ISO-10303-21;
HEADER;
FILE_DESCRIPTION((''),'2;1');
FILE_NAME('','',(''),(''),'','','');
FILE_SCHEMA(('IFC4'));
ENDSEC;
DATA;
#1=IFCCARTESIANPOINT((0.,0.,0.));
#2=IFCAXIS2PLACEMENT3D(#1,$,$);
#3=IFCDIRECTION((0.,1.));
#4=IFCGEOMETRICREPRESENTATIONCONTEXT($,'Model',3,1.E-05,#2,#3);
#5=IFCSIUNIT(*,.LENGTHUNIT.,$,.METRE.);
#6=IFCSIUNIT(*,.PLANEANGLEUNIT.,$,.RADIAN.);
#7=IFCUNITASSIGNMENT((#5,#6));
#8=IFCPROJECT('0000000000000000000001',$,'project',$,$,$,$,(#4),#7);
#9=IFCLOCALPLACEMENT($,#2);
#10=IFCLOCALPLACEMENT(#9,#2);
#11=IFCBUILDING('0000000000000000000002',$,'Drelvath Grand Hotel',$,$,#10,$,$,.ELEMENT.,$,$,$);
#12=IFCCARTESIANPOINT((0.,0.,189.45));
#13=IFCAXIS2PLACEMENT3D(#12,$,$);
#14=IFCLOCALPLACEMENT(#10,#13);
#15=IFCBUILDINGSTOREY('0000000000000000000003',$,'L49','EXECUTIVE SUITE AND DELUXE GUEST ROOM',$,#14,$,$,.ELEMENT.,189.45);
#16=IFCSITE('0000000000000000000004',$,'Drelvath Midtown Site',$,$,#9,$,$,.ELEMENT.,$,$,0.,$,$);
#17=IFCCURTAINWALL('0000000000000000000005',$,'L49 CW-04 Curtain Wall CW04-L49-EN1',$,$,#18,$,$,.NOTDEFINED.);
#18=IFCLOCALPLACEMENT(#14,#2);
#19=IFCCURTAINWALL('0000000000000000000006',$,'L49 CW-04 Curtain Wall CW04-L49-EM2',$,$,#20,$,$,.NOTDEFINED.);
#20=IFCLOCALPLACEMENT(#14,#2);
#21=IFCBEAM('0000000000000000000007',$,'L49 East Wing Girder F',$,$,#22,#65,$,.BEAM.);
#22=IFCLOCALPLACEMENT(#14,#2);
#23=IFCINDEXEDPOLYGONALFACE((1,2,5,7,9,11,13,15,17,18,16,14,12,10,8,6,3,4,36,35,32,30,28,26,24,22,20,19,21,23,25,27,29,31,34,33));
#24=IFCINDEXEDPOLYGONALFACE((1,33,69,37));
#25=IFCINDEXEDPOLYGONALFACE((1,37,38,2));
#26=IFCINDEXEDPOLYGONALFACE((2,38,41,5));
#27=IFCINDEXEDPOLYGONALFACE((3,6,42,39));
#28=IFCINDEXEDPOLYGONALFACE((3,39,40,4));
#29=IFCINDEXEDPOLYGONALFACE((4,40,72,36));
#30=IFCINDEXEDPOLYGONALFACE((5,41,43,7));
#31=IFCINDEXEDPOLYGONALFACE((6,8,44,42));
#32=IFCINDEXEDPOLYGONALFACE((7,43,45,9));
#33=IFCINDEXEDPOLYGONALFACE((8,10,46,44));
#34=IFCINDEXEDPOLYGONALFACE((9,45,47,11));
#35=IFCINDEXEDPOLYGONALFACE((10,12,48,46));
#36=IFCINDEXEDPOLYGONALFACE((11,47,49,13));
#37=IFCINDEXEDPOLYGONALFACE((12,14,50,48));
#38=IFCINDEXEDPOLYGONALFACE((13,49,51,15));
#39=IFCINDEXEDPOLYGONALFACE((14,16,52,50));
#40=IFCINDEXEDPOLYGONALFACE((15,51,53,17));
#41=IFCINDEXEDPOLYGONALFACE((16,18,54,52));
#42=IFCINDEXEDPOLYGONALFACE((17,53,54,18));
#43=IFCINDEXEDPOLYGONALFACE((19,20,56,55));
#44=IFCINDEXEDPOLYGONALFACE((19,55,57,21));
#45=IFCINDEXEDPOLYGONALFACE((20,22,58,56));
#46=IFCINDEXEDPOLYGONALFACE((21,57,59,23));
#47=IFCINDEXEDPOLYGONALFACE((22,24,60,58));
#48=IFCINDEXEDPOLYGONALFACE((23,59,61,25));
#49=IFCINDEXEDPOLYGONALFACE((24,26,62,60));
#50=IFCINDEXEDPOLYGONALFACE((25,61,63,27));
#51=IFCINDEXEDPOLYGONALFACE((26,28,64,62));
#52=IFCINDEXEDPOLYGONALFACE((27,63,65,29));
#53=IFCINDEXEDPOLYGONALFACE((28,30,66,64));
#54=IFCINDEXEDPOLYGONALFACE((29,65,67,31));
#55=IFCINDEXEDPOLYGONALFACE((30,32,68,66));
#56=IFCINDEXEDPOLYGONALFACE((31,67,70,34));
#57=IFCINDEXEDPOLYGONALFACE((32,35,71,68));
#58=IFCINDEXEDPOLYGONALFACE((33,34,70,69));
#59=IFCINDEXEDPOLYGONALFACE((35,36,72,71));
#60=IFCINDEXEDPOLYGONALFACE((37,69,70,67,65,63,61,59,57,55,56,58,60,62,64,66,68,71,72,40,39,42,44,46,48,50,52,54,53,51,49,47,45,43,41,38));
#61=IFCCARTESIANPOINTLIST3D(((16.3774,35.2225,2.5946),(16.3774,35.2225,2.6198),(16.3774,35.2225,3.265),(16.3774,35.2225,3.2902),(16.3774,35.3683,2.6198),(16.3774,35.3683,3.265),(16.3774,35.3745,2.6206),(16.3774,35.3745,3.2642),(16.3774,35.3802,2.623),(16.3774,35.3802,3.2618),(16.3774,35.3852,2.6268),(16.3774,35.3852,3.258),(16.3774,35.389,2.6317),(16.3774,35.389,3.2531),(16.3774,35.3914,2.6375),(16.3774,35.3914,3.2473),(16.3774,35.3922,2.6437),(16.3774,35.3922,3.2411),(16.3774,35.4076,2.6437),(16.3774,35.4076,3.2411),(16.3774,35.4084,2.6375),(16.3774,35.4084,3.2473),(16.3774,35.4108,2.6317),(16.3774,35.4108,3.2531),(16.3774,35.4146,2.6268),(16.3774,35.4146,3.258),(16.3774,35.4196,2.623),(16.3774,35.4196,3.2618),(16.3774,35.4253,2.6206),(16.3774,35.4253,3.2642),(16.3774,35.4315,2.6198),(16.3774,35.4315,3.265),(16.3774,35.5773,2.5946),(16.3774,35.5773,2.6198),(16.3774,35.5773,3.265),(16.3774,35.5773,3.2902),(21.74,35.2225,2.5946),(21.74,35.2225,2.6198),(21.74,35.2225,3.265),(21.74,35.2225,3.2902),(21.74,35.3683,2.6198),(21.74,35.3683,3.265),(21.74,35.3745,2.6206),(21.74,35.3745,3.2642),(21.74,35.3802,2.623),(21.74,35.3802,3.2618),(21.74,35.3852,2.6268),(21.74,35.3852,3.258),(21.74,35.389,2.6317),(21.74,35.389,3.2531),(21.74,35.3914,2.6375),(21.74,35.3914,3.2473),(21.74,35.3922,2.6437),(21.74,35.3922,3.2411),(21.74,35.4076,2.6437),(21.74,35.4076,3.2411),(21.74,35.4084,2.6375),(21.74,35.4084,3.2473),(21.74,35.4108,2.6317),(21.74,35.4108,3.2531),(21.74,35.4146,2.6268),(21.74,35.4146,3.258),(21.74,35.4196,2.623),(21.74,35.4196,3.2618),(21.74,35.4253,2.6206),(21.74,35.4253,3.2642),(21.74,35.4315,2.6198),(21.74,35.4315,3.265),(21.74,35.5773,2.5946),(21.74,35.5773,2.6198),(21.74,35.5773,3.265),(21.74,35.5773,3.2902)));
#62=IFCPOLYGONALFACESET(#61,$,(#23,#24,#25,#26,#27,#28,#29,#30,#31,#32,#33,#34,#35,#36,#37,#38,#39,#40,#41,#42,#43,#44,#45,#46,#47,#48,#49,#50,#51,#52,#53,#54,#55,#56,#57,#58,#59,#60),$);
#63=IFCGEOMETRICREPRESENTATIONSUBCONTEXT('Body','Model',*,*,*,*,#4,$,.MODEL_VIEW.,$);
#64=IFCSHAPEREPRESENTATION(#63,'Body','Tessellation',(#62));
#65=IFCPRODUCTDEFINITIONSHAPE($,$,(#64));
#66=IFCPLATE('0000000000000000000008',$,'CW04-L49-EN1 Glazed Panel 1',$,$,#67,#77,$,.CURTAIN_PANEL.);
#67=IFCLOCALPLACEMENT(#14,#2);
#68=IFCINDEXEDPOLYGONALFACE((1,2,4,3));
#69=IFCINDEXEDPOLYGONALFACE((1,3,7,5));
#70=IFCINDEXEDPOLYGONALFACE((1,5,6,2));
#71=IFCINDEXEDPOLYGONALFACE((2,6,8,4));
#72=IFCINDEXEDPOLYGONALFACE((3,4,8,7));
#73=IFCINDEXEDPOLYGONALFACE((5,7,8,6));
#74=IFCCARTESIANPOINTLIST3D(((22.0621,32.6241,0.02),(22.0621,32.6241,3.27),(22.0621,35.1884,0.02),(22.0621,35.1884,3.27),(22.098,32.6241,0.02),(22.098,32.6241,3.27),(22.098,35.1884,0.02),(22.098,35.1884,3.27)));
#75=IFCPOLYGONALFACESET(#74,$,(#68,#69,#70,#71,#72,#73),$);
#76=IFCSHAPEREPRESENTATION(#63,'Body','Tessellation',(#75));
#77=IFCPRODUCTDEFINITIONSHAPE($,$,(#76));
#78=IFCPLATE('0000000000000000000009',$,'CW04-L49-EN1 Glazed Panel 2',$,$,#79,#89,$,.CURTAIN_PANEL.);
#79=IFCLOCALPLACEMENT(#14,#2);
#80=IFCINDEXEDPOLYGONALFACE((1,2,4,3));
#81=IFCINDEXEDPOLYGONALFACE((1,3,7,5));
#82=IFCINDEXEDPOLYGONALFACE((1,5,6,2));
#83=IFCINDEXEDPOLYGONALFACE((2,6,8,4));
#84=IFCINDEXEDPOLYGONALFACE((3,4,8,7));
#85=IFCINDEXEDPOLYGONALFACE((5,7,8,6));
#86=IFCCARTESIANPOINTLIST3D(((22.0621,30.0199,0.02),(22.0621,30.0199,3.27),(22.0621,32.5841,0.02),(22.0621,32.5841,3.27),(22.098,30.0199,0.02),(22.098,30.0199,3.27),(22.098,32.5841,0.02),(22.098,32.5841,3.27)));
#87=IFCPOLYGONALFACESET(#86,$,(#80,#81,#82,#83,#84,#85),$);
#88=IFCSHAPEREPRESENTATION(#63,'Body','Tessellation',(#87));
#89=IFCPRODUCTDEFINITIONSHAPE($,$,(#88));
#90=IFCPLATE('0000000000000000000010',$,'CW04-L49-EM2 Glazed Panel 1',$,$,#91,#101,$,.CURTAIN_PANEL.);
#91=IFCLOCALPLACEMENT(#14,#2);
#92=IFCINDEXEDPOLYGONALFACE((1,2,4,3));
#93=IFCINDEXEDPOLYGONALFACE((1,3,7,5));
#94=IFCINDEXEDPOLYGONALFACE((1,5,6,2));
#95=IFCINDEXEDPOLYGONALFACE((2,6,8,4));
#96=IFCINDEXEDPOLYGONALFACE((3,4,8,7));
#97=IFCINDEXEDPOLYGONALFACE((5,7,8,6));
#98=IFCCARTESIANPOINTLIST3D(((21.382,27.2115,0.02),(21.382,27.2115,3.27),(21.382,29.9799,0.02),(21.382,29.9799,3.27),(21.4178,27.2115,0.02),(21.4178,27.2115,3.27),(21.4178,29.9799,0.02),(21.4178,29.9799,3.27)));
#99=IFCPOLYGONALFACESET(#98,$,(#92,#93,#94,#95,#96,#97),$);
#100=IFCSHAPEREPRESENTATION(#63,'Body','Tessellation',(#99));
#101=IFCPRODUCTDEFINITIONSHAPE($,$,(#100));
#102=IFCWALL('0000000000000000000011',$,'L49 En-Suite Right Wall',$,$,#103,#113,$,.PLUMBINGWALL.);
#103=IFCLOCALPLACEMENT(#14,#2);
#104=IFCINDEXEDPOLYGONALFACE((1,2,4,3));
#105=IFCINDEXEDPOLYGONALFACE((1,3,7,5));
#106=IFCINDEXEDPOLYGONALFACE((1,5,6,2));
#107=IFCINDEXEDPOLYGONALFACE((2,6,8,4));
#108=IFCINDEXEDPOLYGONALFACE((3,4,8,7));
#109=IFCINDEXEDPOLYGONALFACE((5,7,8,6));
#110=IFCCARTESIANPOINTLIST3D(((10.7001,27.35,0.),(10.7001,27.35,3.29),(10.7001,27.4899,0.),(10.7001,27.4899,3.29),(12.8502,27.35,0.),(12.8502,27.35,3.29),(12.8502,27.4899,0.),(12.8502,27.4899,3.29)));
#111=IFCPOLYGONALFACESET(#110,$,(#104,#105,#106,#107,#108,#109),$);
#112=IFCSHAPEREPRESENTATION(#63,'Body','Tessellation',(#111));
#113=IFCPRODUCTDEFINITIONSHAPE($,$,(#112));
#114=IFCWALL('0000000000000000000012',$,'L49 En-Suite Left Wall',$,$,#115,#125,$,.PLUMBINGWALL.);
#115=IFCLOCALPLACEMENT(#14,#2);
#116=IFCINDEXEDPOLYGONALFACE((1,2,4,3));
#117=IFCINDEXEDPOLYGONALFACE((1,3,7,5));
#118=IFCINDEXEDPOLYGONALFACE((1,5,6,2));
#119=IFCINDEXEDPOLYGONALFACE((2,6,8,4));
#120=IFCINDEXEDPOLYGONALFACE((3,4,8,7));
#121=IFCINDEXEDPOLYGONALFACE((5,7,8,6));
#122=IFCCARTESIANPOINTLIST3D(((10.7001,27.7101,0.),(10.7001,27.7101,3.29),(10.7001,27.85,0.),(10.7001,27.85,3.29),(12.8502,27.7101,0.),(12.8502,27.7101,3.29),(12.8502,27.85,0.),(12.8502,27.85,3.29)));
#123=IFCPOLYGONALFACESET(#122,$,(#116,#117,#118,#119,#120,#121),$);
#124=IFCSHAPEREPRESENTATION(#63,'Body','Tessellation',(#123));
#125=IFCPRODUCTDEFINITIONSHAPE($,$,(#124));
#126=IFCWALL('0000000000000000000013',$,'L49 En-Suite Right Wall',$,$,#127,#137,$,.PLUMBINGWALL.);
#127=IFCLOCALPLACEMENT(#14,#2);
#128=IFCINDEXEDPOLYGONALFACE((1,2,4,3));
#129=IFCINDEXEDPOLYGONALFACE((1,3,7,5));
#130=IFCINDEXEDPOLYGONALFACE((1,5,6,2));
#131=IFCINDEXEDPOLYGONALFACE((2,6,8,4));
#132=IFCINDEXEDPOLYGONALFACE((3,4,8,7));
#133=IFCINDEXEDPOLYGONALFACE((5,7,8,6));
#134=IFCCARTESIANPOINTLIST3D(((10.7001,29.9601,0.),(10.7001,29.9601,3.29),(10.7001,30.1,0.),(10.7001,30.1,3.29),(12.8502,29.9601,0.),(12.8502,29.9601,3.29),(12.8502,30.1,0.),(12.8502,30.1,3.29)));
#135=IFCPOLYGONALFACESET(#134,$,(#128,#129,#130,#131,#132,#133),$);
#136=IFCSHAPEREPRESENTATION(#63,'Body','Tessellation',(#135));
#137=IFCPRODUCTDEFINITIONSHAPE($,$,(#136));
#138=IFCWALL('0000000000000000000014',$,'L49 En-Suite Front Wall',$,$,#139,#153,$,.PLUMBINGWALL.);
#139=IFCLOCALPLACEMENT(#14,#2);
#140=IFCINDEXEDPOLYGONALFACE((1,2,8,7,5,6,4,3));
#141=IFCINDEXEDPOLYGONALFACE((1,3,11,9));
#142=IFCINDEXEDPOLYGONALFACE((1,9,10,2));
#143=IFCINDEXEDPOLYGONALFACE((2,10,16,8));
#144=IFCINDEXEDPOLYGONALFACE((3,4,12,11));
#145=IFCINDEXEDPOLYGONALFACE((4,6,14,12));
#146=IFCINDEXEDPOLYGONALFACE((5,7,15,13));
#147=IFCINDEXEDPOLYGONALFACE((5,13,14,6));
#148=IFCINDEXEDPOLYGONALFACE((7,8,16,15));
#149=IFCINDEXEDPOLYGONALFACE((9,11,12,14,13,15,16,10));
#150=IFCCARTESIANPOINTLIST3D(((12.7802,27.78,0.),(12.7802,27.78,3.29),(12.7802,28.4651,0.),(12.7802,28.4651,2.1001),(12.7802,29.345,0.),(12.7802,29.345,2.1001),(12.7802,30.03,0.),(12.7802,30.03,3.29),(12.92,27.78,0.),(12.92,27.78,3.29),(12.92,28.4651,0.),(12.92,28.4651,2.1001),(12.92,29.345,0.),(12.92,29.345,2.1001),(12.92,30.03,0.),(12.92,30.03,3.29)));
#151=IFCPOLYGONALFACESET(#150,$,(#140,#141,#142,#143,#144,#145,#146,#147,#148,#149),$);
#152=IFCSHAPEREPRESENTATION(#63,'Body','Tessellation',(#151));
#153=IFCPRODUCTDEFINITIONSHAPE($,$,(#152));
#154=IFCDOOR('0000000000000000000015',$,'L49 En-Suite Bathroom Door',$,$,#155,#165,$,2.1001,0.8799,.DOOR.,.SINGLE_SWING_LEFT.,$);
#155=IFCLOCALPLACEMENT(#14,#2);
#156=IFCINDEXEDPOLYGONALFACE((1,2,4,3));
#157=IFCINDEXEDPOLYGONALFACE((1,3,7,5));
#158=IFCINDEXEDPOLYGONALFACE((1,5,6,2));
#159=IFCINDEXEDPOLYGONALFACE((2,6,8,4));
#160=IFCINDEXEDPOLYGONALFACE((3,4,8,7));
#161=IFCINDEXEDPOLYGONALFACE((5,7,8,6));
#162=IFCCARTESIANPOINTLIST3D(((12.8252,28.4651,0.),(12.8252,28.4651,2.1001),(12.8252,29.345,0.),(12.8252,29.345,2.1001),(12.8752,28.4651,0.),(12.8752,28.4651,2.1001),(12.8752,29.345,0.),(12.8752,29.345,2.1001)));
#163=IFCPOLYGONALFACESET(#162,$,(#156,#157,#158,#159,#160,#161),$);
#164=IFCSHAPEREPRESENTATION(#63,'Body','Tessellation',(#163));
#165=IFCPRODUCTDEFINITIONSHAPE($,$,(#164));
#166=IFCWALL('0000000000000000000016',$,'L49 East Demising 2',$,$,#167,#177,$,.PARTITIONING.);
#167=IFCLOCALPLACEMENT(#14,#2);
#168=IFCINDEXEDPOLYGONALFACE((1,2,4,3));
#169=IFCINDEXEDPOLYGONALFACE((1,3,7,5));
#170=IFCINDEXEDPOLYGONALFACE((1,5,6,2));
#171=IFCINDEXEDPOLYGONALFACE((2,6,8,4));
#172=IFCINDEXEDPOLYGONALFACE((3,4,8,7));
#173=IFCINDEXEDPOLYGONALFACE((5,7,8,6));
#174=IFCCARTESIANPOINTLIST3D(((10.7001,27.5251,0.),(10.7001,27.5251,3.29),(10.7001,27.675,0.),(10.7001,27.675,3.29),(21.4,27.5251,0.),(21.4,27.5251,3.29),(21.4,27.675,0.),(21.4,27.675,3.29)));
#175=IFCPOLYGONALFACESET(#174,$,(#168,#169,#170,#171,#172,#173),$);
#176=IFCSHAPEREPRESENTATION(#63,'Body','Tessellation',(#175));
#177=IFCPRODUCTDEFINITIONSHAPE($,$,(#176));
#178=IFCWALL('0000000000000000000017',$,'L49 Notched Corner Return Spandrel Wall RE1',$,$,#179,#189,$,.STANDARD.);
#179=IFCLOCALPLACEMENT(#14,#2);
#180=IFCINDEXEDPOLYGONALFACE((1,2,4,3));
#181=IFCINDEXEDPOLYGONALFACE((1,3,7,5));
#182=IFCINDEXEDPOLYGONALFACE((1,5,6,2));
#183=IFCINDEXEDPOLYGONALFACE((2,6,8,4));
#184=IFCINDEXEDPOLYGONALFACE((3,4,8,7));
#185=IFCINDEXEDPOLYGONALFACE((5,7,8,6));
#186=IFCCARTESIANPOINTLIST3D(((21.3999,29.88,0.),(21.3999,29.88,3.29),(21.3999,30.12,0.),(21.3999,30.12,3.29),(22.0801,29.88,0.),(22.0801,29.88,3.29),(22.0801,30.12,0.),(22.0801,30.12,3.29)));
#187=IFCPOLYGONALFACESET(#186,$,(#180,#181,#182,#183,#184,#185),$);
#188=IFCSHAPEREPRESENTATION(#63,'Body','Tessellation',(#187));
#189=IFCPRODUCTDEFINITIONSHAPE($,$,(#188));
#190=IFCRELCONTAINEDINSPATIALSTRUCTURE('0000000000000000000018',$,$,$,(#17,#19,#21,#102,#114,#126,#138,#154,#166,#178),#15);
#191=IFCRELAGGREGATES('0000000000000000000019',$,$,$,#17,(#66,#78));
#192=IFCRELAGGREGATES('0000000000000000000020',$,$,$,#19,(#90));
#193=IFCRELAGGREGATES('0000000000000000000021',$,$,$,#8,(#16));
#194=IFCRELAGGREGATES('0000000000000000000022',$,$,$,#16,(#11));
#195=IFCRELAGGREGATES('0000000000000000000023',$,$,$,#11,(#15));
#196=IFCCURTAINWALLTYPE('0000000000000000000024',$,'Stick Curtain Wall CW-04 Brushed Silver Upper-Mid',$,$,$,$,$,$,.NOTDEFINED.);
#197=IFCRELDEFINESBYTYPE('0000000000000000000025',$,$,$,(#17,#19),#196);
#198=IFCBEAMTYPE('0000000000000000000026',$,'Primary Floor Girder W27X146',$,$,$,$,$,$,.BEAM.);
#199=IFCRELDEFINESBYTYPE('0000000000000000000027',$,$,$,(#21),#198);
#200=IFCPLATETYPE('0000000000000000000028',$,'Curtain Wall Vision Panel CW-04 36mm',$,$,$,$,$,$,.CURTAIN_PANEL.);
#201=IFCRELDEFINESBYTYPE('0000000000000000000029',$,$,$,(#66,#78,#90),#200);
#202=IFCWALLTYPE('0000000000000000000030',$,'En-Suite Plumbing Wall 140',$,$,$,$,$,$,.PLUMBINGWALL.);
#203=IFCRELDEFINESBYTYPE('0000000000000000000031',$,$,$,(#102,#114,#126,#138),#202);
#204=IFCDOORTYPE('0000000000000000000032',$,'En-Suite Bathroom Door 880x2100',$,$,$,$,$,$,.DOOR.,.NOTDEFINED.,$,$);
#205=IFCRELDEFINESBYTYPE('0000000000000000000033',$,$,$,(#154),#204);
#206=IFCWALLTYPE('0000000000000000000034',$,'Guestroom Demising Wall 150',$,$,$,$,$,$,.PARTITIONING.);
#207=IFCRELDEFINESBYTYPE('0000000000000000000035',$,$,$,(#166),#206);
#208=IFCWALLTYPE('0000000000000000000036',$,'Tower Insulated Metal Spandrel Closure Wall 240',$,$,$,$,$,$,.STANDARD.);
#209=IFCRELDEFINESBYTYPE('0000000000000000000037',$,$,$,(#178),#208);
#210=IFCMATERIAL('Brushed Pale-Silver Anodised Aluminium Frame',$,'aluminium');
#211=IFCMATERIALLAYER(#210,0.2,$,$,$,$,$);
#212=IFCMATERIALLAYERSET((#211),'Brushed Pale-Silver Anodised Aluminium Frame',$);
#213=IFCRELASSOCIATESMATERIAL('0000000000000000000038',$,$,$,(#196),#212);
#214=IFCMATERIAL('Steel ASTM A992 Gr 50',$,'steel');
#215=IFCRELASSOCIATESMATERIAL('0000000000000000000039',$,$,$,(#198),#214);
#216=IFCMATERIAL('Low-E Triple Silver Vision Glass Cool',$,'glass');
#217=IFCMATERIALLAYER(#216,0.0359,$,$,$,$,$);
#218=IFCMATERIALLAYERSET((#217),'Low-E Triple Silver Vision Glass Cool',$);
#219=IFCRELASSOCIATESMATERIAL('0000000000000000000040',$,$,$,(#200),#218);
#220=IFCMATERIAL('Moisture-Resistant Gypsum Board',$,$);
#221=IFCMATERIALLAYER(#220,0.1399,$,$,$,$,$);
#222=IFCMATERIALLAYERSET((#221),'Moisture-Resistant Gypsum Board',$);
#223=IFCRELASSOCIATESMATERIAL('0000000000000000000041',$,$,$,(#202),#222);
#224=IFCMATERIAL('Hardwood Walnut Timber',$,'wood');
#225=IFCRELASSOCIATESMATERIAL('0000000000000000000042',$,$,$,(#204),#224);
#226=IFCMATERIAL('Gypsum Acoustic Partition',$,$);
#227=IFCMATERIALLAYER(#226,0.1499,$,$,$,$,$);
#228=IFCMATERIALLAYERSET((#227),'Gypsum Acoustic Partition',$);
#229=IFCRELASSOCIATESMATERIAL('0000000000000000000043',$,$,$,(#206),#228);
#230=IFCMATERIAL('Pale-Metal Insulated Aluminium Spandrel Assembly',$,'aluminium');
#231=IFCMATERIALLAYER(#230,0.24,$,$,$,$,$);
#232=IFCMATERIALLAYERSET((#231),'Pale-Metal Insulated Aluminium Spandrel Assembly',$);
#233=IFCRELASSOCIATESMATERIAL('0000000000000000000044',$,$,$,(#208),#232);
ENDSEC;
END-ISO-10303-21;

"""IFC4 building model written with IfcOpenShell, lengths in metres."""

from ifc_helpers import new_model, si_unit, direction, frame, frame_2d, origin, origin_2d, place, context, subcontext, project, spatial, rectangle, i_section, extrude, material, layer, layer_set, material_profile, profile_set, type_object, element, fill, aggregate, save


model = new_model("IFC4")

# Units and contexts
model_context = context("Model", 3, precision=1e-05, world=origin(), true_north=direction((0.0, 1.0)))
body_context = subcontext(model_context, "Body", "Model", "MODEL_VIEW")
ifc_project = project(units=[si_unit("LENGTHUNIT", "METRE"), si_unit("PLANEANGLEUNIT", "RADIAN")], contexts=[model_context])

# Site, building, storey
site_placement = place(None, origin())
site = spatial("IfcSite", under=ifc_project, at=site_placement, Name="Drelvath Midtown Site", CompositionType="ELEMENT", RefElevation=0.0)
building_placement = place(site_placement, origin())
building = spatial("IfcBuilding", under=site, at=building_placement, Name="Drelvath Grand Hotel", CompositionType="ELEMENT")
storey_placement = place(building_placement, frame((0.0, 0.0, 189.45)))
storey = spatial("IfcBuildingStorey", under=building, at=storey_placement, Name="L49", Description="EXECUTIVE SUITE AND DELUXE GUEST ROOM", CompositionType="ELEMENT", Elevation=189.45)

# Curtain walls
ifc_material_1 = material(Name="Brushed Pale-Silver Anodised Aluminium Frame", Category="aluminium")
ifc_layer_1 = layer(ifc_material_1, 0.2)
ifc_layer_set_1 = layer_set([ifc_layer_1], Name="Brushed Pale-Silver Anodised Aluminium Frame")
curtain_wall_type = type_object("IfcCurtainWallType", Name="Stick Curtain Wall CW-04 Brushed Silver Upper-Mid", PredefinedType="NOTDEFINED", material=ifc_layer_set_1)
curtain_wall_1_placement = place(storey_placement, origin())
curtain_wall_1 = element("IfcCurtainWall", 1, at=curtain_wall_1_placement, inside=storey, type_object=curtain_wall_type, Name="L49 CW-04 Curtain Wall CW04-L49-EN1", PredefinedType="NOTDEFINED")
curtain_wall_2_placement = place(storey_placement, origin())
curtain_wall_2 = element("IfcCurtainWall", 2, at=curtain_wall_2_placement, inside=storey, type_object=curtain_wall_type, Name="L49 CW-04 Curtain Wall CW04-L49-EM2", PredefinedType="NOTDEFINED")

# Beam
ifc_material_2 = material(Name="Steel ASTM A992 Gr 50", Category="steel")
ifc_material_profile_1 = material_profile(ifc_material_2, i_section(OverallWidth=0.3547, OverallDepth=0.6956, WebThickness=0.0154, FlangeThickness=0.0251, FilletRadius=0.0239, at=origin_2d()), Name="W27X146")
ifc_profile_set_1 = profile_set([ifc_material_profile_1], Name="Steel ASTM A992 Gr 50")
beam_type_1 = type_object("IfcBeamType", Name="Primary Floor Girder W27X146", PredefinedType="BEAM", material=ifc_profile_set_1)
beam_1_placement = place(storey_placement, frame((16.3774, 35.3999, 2.9424), z_axis=(1.0, 0.0, 0.0), x_axis=(0.0, 1.0, 0.0)))
element("IfcBeam", 3, at=beam_1_placement, inside=storey, type_object=beam_type_1, Name="L49 East Wing Girder F", PredefinedType="BEAM", context=body_context, shape_type="SweptSolid", body=[
    extrude(i_section(OverallWidth=0.3547, OverallDepth=0.6956, WebThickness=0.0154, FlangeThickness=0.0251, FilletRadius=0.0239, at=origin_2d()), origin(), (0.0, 0.0, 1.0), 5.3625),
])

# Plates
ifc_material_3 = material(Name="Low-E Triple Silver Vision Glass Cool", Category="glass")
ifc_layer_2 = layer(ifc_material_3, 0.0359)
ifc_layer_set_2 = layer_set([ifc_layer_2], Name="Low-E Triple Silver Vision Glass Cool")
plate_type = type_object("IfcPlateType", Name="Curtain Wall Vision Panel CW-04 36mm", PredefinedType="CURTAIN_PANEL", material=ifc_layer_set_2)
plate_1_placement = place(storey_placement, frame((22.0801, 33.9062, 0.02), z_axis=(0.0, 0.0, 1.0), x_axis=(0.0, -1.0, 0.0)))
plate_1 = element("IfcPlate", 4, at=plate_1_placement, type_object=plate_type, Name="CW04-L49-EN1 Glazed Panel 1", PredefinedType="CURTAIN_PANEL", context=body_context, shape_type="SweptSolid", body=[
    extrude(rectangle(XDim=2.5642, YDim=0.0359, at=origin_2d()), origin(), (0.0, 0.0, 1.0), 3.25),
])
plate_2_placement = place(storey_placement, frame((22.0801, 31.302, 0.02), z_axis=(0.0, 0.0, 1.0), x_axis=(0.0, -1.0, 0.0)))
plate_2 = element("IfcPlate", 5, at=plate_2_placement, type_object=plate_type, Name="CW04-L49-EN1 Glazed Panel 2", PredefinedType="CURTAIN_PANEL", context=body_context, shape_type="SweptSolid", body=[
    extrude(rectangle(XDim=2.5642, YDim=0.0359, at=origin_2d()), origin(), (0.0, 0.0, 1.0), 3.25),
])
aggregate(curtain_wall_1, [plate_1, plate_2])
plate_3_placement = place(storey_placement, frame((21.3999, 28.5957, 0.02), z_axis=(0.0, 0.0, 1.0), x_axis=(0.0, -1.0, 0.0)))
plate_3 = element("IfcPlate", 6, at=plate_3_placement, type_object=plate_type, Name="CW04-L49-EM2 Glazed Panel 1", PredefinedType="CURTAIN_PANEL", context=body_context, shape_type="SweptSolid", body=[
    extrude(rectangle(XDim=2.7683, YDim=0.0359, at=origin_2d()), origin(), (0.0, 0.0, 1.0), 3.25),
])
aggregate(curtain_wall_2, [plate_3])

# Walls
ifc_material_4 = material(Name="Moisture-Resistant Gypsum Board")
ifc_layer_3 = layer(ifc_material_4, 0.1399)
ifc_layer_set_3 = layer_set([ifc_layer_3], Name="Moisture-Resistant Gypsum Board")
wall_type_1 = type_object("IfcWallType", Name="En-Suite Plumbing Wall 140", PredefinedType="PLUMBINGWALL", material=ifc_layer_set_3)
for number, where, z_axis, x_axis, name in (
    (7, (10.7, 27.4199, 0.0), (0.0, 0.0, 1.0), (1.0, 0.0, 0.0), "L49 En-Suite Right Wall"),
    (8, (10.7, 27.78, 0.0), (0.0, 0.0, 1.0), (1.0, 0.0, 0.0), "L49 En-Suite Left Wall"),
    (9, (10.7, 30.03, 0.0), (0.0, 0.0, 1.0), (1.0, 0.0, 0.0), "L49 En-Suite Right Wall"),
):
    element("IfcWall", number, at=place(storey_placement, frame(where, z_axis=z_axis, x_axis=x_axis)), inside=storey, type_object=wall_type_1, Name=name, PredefinedType="PLUMBINGWALL", context=body_context, shape_type="SweptSolid", body=[
        extrude(rectangle(XDim=2.1501, YDim=0.1399, at=frame_2d((1.0752, 0.0))), origin(), (0.0, 0.0, 1.0), 3.29),
    ])

# Wall, opening, door
wall_1_placement = place(storey_placement, frame((12.8501, 27.78, 0.0), z_axis=(0.0, 0.0, 1.0), x_axis=(0.0, 1.0, 0.0)))
wall_1 = element("IfcWall", 10, at=wall_1_placement, inside=storey, type_object=wall_type_1, Name="L49 En-Suite Front Wall", PredefinedType="PLUMBINGWALL", context=body_context, shape_type="SweptSolid", body=[
    extrude(rectangle(XDim=2.25, YDim=0.1399, at=frame_2d((1.125, 0.0))), origin(), (0.0, 0.0, 1.0), 3.29),
])
opening_placement = place(wall_1_placement, frame((0.6851, 0.0, 0.0)))
opening = element("IfcOpeningElement", 11, at=opening_placement, cuts=wall_1, PredefinedType="OPENING", context=body_context, shape_type="SweptSolid", body=[
    extrude(rectangle(XDim=0.8799, YDim=2.1001, at=frame_2d((0.4399, 1.05))), frame((0.0, 0.0798, 0.0), z_axis=(0.0, -1.0, 0.0), x_axis=(1.0, 0.0, 0.0)), (0.0, 0.0, 1.0), 0.1599),
])
ifc_material_5 = material(Name="Hardwood Walnut Timber", Category="wood")
door_type = type_object("IfcDoorType", Name="En-Suite Bathroom Door 880x2100", OperationType="NOTDEFINED", PredefinedType="DOOR", material=ifc_material_5)
door_placement = place(opening_placement, origin())
door = element("IfcDoor", 12, at=door_placement, inside=storey, type_object=door_type, Name="L49 En-Suite Bathroom Door", OperationType="SINGLE_SWING_LEFT", OverallHeight=2.1001, OverallWidth=0.8799, PredefinedType="DOOR", context=body_context, shape_type="SweptSolid", body=[
    extrude(rectangle(XDim=0.8799, YDim=2.1001, at=frame_2d((0.4399, 1.05))), frame((0.0, 0.0249, 0.0), z_axis=(0.0, -1.0, 0.0), x_axis=(1.0, 0.0, 0.0)), (0.0, 0.0, 1.0), 0.05),
])
fill(opening, door)

# Walls
ifc_material_6 = material(Name="Gypsum Acoustic Partition")
ifc_layer_4 = layer(ifc_material_6, 0.1499)
ifc_layer_set_4 = layer_set([ifc_layer_4], Name="Gypsum Acoustic Partition")
wall_type_2 = type_object("IfcWallType", Name="Guestroom Demising Wall 150", PredefinedType="PARTITIONING", material=ifc_layer_set_4)
wall_2_placement = place(storey_placement, frame((10.7, 27.6001, 0.0), z_axis=(0.0, 0.0, 1.0), x_axis=(1.0, 0.0, 0.0)))
element("IfcWall", 13, at=wall_2_placement, inside=storey, type_object=wall_type_2, Name="L49 East Demising 2", PredefinedType="PARTITIONING", context=body_context, shape_type="SweptSolid", body=[
    extrude(rectangle(XDim=10.7, YDim=0.1499, at=frame_2d((5.3501, 0.0))), origin(), (0.0, 0.0, 1.0), 3.29),
])
ifc_material_7 = material(Name="Pale-Metal Insulated Aluminium Spandrel Assembly", Category="aluminium")
ifc_layer_5 = layer(ifc_material_7, 0.24)
ifc_layer_set_5 = layer_set([ifc_layer_5], Name="Pale-Metal Insulated Aluminium Spandrel Assembly")
wall_type_3 = type_object("IfcWallType", Name="Tower Insulated Metal Spandrel Closure Wall 240", PredefinedType="STANDARD", material=ifc_layer_set_5)
wall_3_placement = place(storey_placement, frame((22.0801, 30.0, 0.0), z_axis=(0.0, 0.0, 1.0), x_axis=(-1.0, 0.0, 0.0)))
element("IfcWall", 14, at=wall_3_placement, inside=storey, type_object=wall_type_3, Name="L49 Notched Corner Return Spandrel Wall RE1", PredefinedType="STANDARD", context=body_context, shape_type="SweptSolid", body=[
    extrude(rectangle(XDim=0.6802, YDim=0.24, at=frame_2d((0.3401, 0.0))), origin(), (0.0, 0.0, 1.0), 3.29),
])

save(model, "model.ifc")
